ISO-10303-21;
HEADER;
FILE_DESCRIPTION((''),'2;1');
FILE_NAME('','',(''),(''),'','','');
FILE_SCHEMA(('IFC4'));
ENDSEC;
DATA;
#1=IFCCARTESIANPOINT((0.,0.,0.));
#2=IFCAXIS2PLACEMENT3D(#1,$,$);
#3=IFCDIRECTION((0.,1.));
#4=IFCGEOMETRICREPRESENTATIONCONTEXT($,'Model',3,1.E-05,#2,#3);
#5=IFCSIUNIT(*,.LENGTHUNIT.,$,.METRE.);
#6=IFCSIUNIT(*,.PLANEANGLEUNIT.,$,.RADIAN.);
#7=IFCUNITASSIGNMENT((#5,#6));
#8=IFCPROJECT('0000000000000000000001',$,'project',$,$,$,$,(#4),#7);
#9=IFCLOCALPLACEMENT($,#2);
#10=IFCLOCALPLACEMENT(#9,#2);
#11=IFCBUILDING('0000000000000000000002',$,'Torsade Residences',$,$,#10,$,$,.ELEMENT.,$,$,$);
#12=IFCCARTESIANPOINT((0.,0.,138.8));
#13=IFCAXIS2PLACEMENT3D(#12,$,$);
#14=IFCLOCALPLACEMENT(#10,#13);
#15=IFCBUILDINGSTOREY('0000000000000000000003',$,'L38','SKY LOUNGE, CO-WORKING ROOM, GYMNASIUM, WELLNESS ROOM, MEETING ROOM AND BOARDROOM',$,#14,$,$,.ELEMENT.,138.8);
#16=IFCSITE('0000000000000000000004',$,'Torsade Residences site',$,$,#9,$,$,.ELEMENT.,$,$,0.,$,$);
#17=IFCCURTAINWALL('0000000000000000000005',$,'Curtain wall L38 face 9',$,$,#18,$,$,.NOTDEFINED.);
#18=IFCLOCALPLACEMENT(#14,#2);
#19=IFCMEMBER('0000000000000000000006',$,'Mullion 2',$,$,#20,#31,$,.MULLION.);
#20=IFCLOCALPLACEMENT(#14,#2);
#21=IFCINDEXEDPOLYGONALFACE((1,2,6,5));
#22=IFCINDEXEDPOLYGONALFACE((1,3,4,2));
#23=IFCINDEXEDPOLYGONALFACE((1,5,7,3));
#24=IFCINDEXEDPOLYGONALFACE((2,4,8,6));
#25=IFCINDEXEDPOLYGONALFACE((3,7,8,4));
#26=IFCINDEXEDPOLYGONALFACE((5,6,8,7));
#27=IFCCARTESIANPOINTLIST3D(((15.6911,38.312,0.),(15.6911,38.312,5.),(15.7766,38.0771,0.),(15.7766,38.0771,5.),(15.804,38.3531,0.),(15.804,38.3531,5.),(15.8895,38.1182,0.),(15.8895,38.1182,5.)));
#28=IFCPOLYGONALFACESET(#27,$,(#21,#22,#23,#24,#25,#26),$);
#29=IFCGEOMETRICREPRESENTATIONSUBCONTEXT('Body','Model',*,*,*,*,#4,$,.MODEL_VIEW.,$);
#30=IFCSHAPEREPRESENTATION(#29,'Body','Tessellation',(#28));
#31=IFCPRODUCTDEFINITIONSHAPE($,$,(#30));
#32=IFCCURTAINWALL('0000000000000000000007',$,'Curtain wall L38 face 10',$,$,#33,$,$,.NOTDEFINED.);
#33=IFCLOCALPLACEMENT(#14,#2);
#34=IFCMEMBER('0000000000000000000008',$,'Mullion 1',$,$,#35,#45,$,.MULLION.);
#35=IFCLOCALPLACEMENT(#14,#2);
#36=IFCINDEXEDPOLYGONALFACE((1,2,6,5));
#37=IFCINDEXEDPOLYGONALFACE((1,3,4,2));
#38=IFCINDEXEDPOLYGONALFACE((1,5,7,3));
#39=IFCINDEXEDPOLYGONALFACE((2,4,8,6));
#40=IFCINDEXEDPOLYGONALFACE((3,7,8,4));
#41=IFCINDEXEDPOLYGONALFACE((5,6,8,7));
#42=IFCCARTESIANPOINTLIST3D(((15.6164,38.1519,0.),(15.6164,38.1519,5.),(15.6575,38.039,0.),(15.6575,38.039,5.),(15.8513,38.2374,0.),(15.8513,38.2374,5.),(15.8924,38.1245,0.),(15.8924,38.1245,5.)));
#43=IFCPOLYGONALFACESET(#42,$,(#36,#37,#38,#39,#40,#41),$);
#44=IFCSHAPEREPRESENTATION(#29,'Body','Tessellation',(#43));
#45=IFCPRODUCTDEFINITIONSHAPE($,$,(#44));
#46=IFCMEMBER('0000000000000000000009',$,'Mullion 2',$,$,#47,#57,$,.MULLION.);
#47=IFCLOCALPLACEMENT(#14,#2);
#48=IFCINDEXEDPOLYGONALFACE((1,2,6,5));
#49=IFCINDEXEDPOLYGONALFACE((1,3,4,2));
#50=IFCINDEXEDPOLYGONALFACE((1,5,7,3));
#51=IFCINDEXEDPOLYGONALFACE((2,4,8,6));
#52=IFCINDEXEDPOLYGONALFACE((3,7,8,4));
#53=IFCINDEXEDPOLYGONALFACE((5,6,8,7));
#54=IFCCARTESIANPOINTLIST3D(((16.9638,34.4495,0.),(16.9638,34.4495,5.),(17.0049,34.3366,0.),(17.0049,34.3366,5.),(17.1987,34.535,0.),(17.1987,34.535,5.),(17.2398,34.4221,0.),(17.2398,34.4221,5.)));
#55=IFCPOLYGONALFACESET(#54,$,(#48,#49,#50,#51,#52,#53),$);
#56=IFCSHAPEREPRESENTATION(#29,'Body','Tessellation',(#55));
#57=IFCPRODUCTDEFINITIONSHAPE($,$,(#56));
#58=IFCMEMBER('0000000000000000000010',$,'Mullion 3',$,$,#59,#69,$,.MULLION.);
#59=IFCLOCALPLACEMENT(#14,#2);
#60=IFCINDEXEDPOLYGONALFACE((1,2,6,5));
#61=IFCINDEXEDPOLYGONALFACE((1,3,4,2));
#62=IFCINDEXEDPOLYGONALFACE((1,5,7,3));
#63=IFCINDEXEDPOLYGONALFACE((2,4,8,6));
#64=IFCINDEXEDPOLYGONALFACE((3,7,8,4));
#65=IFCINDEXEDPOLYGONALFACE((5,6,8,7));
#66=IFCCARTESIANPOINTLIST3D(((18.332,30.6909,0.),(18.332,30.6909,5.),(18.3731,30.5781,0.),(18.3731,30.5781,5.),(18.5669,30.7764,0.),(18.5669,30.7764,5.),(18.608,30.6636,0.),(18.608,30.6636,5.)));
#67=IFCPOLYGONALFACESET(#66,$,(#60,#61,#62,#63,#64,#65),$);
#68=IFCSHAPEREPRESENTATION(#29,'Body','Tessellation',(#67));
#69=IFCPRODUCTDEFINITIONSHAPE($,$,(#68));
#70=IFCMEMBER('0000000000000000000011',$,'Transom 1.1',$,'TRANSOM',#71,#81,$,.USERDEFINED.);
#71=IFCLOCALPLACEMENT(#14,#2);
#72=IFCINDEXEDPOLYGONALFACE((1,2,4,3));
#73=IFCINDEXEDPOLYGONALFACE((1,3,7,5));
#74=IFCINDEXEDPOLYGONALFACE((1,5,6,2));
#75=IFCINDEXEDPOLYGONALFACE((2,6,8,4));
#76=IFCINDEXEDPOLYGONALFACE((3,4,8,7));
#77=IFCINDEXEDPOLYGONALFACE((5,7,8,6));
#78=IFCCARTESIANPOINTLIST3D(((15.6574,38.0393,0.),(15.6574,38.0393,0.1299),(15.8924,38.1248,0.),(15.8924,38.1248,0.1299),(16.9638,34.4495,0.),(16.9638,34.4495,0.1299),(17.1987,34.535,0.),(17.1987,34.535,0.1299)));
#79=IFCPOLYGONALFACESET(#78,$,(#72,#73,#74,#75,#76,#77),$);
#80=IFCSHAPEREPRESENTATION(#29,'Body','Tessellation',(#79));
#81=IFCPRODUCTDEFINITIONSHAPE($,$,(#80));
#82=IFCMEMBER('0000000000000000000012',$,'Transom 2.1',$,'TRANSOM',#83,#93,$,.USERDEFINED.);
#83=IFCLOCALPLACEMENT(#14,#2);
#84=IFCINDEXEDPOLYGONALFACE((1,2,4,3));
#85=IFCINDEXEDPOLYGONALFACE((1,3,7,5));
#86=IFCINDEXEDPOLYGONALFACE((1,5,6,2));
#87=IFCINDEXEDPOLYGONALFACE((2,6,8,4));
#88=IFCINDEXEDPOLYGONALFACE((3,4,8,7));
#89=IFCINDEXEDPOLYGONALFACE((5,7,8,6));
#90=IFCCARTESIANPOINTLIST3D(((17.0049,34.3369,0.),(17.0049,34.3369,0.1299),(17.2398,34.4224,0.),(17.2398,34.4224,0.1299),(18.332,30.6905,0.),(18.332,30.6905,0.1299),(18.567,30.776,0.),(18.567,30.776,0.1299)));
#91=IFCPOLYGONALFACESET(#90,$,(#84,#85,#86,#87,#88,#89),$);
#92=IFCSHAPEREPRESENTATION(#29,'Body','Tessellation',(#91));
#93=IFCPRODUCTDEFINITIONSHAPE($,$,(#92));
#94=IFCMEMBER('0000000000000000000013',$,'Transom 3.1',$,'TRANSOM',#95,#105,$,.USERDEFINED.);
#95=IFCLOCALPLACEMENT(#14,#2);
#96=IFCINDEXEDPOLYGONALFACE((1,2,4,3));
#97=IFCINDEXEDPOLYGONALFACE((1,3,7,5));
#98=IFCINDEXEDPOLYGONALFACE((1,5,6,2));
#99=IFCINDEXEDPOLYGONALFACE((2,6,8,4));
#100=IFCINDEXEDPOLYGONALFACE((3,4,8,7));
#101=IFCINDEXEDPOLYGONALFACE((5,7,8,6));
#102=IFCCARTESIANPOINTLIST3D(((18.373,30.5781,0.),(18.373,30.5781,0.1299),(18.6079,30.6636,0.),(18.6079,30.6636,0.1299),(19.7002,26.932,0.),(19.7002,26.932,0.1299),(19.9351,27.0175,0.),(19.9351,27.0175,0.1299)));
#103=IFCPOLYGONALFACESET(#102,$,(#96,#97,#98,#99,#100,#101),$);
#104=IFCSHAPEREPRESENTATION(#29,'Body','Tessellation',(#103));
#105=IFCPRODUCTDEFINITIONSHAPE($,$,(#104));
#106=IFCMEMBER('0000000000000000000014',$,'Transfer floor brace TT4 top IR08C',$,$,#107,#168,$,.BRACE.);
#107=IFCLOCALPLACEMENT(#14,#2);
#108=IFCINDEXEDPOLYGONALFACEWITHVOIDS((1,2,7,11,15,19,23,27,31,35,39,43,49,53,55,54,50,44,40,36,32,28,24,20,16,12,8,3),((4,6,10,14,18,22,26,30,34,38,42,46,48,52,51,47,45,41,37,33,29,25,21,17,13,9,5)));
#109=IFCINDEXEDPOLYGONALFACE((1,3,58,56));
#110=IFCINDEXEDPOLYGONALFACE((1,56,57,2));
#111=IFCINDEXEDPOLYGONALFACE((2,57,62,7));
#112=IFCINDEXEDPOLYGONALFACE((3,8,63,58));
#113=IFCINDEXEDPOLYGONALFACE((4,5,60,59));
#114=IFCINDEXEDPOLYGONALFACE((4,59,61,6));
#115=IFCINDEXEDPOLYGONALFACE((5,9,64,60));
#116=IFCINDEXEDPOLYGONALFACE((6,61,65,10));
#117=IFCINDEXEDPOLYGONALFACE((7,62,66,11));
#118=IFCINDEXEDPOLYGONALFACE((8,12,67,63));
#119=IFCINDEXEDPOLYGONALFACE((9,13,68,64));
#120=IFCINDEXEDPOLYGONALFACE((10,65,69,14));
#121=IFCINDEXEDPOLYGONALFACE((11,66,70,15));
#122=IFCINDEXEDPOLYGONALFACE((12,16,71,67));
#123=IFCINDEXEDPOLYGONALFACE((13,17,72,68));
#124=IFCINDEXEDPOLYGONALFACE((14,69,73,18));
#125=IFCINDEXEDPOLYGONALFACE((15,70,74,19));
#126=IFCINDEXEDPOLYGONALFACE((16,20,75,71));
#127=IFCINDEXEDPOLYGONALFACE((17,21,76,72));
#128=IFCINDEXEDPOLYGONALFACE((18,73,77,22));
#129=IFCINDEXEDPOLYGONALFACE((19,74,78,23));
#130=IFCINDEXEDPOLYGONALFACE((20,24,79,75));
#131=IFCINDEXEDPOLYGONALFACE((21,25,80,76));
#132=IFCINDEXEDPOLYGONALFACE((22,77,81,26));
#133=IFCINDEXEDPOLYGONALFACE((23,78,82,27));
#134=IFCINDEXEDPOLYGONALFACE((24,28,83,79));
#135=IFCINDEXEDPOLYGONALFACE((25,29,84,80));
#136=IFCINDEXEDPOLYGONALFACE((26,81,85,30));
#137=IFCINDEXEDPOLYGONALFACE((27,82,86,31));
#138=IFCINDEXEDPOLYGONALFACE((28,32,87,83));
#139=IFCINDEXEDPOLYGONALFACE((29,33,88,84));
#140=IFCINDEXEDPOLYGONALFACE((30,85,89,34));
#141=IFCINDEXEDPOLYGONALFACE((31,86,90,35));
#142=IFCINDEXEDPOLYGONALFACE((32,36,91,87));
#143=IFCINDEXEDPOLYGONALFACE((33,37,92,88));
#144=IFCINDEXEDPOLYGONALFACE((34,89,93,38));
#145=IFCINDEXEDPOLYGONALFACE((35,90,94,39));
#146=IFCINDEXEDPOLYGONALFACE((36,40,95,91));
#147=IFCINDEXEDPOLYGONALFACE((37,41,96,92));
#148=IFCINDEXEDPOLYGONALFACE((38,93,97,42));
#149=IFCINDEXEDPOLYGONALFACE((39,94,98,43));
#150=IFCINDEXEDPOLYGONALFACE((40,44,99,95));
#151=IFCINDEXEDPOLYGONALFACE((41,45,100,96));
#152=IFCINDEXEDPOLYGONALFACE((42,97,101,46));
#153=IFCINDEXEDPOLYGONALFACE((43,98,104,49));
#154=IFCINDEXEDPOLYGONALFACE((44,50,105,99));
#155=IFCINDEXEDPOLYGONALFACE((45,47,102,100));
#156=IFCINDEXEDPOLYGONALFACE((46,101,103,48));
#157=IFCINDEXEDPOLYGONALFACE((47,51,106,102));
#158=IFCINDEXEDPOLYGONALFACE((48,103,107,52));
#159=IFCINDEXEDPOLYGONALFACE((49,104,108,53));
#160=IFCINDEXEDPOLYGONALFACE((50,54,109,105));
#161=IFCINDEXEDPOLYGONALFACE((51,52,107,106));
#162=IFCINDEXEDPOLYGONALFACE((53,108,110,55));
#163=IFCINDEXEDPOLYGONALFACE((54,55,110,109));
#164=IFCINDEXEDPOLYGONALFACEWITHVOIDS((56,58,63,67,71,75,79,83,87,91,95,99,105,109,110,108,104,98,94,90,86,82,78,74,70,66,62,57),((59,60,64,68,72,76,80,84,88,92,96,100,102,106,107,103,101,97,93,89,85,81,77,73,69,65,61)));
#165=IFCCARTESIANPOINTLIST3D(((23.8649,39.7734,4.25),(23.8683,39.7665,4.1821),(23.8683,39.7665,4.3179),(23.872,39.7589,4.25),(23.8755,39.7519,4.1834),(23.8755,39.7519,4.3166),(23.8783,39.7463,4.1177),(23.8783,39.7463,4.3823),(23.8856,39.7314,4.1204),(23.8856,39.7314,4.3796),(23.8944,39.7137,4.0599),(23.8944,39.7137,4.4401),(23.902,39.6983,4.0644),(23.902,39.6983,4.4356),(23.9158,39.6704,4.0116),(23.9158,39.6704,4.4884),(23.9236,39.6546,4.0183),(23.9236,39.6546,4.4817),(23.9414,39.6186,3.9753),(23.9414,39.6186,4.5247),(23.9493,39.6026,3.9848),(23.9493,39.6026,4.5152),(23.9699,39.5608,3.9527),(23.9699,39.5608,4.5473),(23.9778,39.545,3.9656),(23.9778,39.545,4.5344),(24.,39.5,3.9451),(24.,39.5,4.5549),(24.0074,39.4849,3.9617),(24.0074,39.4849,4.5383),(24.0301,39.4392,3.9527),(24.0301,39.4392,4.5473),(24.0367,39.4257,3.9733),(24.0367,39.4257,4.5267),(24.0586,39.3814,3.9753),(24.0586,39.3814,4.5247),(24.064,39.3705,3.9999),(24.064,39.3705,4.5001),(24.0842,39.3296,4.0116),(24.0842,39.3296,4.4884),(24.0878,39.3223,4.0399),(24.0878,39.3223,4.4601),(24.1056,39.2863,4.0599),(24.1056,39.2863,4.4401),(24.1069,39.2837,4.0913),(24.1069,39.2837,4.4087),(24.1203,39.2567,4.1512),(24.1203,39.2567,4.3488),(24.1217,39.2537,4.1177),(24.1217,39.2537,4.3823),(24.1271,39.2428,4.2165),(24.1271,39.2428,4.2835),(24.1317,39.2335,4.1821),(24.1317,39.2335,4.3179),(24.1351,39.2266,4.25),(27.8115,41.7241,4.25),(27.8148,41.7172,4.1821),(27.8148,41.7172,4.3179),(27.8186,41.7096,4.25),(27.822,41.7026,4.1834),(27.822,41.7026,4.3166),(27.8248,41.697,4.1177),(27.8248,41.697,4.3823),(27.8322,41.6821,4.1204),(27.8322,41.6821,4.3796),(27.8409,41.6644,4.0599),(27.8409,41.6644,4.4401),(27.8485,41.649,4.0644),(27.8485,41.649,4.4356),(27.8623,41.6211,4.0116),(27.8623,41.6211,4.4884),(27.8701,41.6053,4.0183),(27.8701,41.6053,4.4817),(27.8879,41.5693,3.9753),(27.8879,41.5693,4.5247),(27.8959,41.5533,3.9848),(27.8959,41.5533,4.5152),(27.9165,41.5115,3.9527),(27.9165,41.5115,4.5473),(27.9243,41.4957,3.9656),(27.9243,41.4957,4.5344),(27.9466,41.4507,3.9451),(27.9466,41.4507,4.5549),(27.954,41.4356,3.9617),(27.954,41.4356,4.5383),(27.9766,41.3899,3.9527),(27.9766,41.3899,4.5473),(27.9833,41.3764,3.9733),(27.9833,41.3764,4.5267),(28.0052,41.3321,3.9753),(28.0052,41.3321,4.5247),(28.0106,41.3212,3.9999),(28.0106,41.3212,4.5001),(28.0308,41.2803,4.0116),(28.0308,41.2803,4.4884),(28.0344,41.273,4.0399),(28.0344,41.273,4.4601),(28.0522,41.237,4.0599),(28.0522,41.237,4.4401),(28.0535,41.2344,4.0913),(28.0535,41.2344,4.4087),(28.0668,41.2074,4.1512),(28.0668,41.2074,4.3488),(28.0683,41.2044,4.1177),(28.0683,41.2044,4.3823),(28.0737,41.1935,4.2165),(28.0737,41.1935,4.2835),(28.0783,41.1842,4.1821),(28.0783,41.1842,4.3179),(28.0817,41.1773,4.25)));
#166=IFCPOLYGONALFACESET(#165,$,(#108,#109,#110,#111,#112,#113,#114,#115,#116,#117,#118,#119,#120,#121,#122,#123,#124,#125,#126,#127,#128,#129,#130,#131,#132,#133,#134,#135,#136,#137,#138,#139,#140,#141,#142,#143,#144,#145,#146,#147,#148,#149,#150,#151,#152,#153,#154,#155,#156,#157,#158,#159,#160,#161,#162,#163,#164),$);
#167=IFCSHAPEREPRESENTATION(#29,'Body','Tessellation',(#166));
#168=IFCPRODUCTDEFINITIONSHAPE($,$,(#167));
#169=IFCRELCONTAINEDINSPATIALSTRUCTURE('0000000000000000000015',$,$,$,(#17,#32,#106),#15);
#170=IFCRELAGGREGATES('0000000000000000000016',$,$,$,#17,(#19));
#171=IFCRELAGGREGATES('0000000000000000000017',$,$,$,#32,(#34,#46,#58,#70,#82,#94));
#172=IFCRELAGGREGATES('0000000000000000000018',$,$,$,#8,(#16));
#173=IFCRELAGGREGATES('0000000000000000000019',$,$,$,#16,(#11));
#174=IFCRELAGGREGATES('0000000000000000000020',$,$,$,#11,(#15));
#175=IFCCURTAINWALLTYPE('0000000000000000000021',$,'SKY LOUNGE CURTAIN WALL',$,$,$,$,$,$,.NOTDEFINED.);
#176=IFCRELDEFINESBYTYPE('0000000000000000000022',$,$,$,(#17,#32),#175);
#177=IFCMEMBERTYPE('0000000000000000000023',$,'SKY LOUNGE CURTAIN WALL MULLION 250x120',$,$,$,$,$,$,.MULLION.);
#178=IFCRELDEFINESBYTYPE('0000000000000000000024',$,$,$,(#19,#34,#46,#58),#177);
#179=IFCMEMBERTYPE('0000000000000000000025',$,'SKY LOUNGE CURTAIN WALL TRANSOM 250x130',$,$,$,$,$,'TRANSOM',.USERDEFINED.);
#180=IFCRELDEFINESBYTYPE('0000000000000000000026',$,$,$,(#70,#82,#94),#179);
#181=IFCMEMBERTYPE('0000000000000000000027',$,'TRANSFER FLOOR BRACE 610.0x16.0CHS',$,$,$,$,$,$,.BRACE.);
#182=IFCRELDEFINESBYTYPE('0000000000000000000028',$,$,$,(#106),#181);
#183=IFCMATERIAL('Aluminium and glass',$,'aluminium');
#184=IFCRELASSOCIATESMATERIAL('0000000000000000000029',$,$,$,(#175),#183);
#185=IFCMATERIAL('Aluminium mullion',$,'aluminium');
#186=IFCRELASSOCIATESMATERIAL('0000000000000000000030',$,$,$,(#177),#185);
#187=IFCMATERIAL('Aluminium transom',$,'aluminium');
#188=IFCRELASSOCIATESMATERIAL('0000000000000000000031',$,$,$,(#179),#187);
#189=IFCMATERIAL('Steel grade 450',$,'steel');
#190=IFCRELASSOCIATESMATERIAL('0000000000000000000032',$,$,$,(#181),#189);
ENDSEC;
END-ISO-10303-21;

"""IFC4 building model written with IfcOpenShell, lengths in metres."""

from ifc_helpers import new_model, si_unit, direction, frame, origin, origin_2d, place, context, subcontext, project, spatial, rectangle, hollow_circle, extrude, material, material_profile, profile_set, type_object, element, aggregate, save


model = new_model("IFC4")

# Units and contexts
model_context = context("Model", 3, precision=1e-05, world=origin(), true_north=direction((0.0, 1.0)))
body_context = subcontext(model_context, "Body", "Model", "MODEL_VIEW")
ifc_project = project(units=[si_unit("LENGTHUNIT", "METRE"), si_unit("PLANEANGLEUNIT", "RADIAN")], contexts=[model_context])

# Site, building, storey
site_placement = place(None, origin())
site = spatial("IfcSite", under=ifc_project, at=site_placement, Name="Torsade Residences site", CompositionType="ELEMENT", RefElevation=0.0)
building_placement = place(site_placement, origin())
building = spatial("IfcBuilding", under=site, at=building_placement, Name="Torsade Residences", CompositionType="ELEMENT")
storey_placement = place(building_placement, frame((0.0, 0.0, 138.8)))
storey = spatial("IfcBuildingStorey", under=building, at=storey_placement, Name="L38", Description="SKY LOUNGE, CO-WORKING ROOM, GYMNASIUM, WELLNESS ROOM, MEETING ROOM AND BOARDROOM", CompositionType="ELEMENT", Elevation=138.8)

# Curtain wall, member
ifc_material_1 = material(Name="Aluminium and glass", Category="aluminium")
curtain_wall_type = type_object("IfcCurtainWallType", Name="SKY LOUNGE CURTAIN WALL", PredefinedType="NOTDEFINED", material=ifc_material_1)
curtain_wall_1_placement = place(storey_placement, origin())
curtain_wall_1 = element("IfcCurtainWall", 1, at=curtain_wall_1_placement, inside=storey, type_object=curtain_wall_type, Name="Curtain wall L38 face 9", PredefinedType="NOTDEFINED")
ifc_material_2 = material(Name="Aluminium mullion", Category="aluminium")
ifc_material_profile_1 = material_profile(ifc_material_2, rectangle(XDim=0.25, YDim=0.1201, at=origin_2d()), Name="SKY LOUNGE CURTAIN WALL MULLION 250x120")
ifc_profile_set_1 = profile_set([ifc_material_profile_1], Name="Aluminium mullion")
member_type_1 = type_object("IfcMemberType", Name="SKY LOUNGE CURTAIN WALL MULLION 250x120", PredefinedType="MULLION", material=ifc_profile_set_1)
member_1_placement = place(storey_placement, frame((15.7903, 38.2151, 0.0), z_axis=(0.0, 0.0, 1.0), x_axis=(0.34202, -0.939693, 0.0)))
member_1 = element("IfcMember", 2, at=member_1_placement, type_object=member_type_1, Name="Mullion 2", PredefinedType="MULLION", context=body_context, shape_type="SweptSolid", body=[
    extrude(rectangle(XDim=0.25, YDim=0.1201, at=origin_2d()), origin(), (0.0, 0.0, 1.0), 5.0),
])

# Curtain wall, members
curtain_wall_2_placement = place(storey_placement, origin())
curtain_wall_2 = element("IfcCurtainWall", 3, at=curtain_wall_2_placement, inside=storey, type_object=curtain_wall_type, Name="Curtain wall L38 face 10", PredefinedType="NOTDEFINED")
member_2_placement = place(storey_placement, frame((15.7544, 38.1382, 0.0), z_axis=(0.0, 0.0, 1.0), x_axis=(0.939693, 0.34202, 0.0)))
member_2 = element("IfcMember", 4, at=member_2_placement, type_object=member_type_1, Name="Mullion 1", PredefinedType="MULLION", context=body_context, shape_type="SweptSolid", body=[
    extrude(rectangle(XDim=0.25, YDim=0.1201, at=origin_2d()), origin(), (0.0, 0.0, 1.0), 5.0),
])
member_3_placement = place(storey_placement, frame((17.1018, 34.4358, 0.0), z_axis=(0.0, 0.0, 1.0), x_axis=(0.939693, 0.34202, 0.0)))
member_3 = element("IfcMember", 5, at=member_3_placement, type_object=member_type_1, Name="Mullion 2", PredefinedType="MULLION", context=body_context, shape_type="SweptSolid", body=[
    extrude(rectangle(XDim=0.25, YDim=0.1201, at=origin_2d()), origin(), (0.0, 0.0, 1.0), 5.0),
])
member_4_placement = place(storey_placement, frame((18.47, 30.6772, 0.0), z_axis=(0.0, 0.0, 1.0), x_axis=(0.939693, 0.34202, 0.0)))
member_4 = element("IfcMember", 6, at=member_4_placement, type_object=member_type_1, Name="Mullion 3", PredefinedType="MULLION", context=body_context, shape_type="SweptSolid", body=[
    extrude(rectangle(XDim=0.25, YDim=0.1201, at=origin_2d()), origin(), (0.0, 0.0, 1.0), 5.0),
])
ifc_material_3 = material(Name="Aluminium transom", Category="aluminium")
ifc_material_profile_2 = material_profile(ifc_material_3, rectangle(XDim=0.25, YDim=0.1299, at=origin_2d()), Name="SKY LOUNGE CURTAIN WALL TRANSOM 250x130")
ifc_profile_set_2 = profile_set([ifc_material_profile_2], Name="Aluminium transom")
member_type_2 = type_object("IfcMemberType", Name="SKY LOUNGE CURTAIN WALL TRANSOM 250x130", ElementType="TRANSOM", PredefinedType="USERDEFINED", material=ifc_profile_set_2)
member_5_placement = place(storey_placement, frame((15.7749, 38.082, 0.0649), z_axis=(0.341974, -0.939709, 0.0), x_axis=(0.939709, 0.341974, 0.0)))
member_5 = element("IfcMember", 7, at=member_5_placement, type_object=member_type_2, Name="Transom 1.1", ObjectType="TRANSOM", PredefinedType="USERDEFINED", context=body_context, shape_type="SweptSolid", body=[
    extrude(rectangle(XDim=0.25, YDim=0.1299, at=origin_2d()), origin(), (0.0, 0.0, 1.0), 3.8201),
])
member_6_placement = place(storey_placement, frame((17.1223, 34.3796, 0.0649), z_axis=(0.342026, -0.939691, 0.0), x_axis=(0.939691, 0.342026, 0.0)))
member_6 = element("IfcMember", 8, at=member_6_placement, type_object=member_type_2, Name="Transom 2.1", ObjectType="TRANSOM", PredefinedType="USERDEFINED", context=body_context, shape_type="SweptSolid", body=[
    extrude(rectangle(XDim=0.25, YDim=0.1299, at=origin_2d()), origin(), (0.0, 0.0, 1.0), 3.8804),
])
member_7_placement = place(storey_placement, frame((18.4905, 30.6208, 0.0649), z_axis=(0.342046, -0.939683, 0.0), x_axis=(0.939683, 0.342046, 0.0)))
member_7 = element("IfcMember", 9, at=member_7_placement, type_object=member_type_2, Name="Transom 3.1", ObjectType="TRANSOM", PredefinedType="USERDEFINED", context=body_context, shape_type="SweptSolid", body=[
    extrude(rectangle(XDim=0.25, YDim=0.1299, at=origin_2d()), origin(), (0.0, 0.0, 1.0), 3.8801),
])

# Member
ifc_material_4 = material(Name="Steel grade 450", Category="steel")
ifc_material_profile_3 = material_profile(ifc_material_4, hollow_circle(Radius=0.3049, WallThickness=0.0161, at=origin_2d()), Name="610.0x16.0CHS")
ifc_profile_set_3 = profile_set([ifc_material_profile_3], Name="Steel grade 450")
member_type_3 = type_object("IfcMemberType", Name="TRANSFER FLOOR BRACE 610.0x16.0CHS", PredefinedType="BRACE", material=ifc_profile_set_3)
member_8_placement = place(storey_placement, frame((24.0, 39.5, 4.25), z_axis=(0.89647, 0.443105, 0.0), x_axis=(-0.443105, 0.89647, 0.0)))
element("IfcMember", 10, at=member_8_placement, inside=storey, type_object=member_type_3, Name="Transfer floor brace TT4 top IR08C", PredefinedType="BRACE", context=body_context, shape_type="SweptSolid", body=[
    extrude(hollow_circle(Radius=0.3049, WallThickness=0.0161, at=origin_2d()), origin(), (0.0, 0.0, 1.0), 4.4023),
])

aggregate(curtain_wall_1, [member_1])
aggregate(curtain_wall_2, [member_2, member_3, member_4, member_5, member_6, member_7])

save(model, "model.ifc")
